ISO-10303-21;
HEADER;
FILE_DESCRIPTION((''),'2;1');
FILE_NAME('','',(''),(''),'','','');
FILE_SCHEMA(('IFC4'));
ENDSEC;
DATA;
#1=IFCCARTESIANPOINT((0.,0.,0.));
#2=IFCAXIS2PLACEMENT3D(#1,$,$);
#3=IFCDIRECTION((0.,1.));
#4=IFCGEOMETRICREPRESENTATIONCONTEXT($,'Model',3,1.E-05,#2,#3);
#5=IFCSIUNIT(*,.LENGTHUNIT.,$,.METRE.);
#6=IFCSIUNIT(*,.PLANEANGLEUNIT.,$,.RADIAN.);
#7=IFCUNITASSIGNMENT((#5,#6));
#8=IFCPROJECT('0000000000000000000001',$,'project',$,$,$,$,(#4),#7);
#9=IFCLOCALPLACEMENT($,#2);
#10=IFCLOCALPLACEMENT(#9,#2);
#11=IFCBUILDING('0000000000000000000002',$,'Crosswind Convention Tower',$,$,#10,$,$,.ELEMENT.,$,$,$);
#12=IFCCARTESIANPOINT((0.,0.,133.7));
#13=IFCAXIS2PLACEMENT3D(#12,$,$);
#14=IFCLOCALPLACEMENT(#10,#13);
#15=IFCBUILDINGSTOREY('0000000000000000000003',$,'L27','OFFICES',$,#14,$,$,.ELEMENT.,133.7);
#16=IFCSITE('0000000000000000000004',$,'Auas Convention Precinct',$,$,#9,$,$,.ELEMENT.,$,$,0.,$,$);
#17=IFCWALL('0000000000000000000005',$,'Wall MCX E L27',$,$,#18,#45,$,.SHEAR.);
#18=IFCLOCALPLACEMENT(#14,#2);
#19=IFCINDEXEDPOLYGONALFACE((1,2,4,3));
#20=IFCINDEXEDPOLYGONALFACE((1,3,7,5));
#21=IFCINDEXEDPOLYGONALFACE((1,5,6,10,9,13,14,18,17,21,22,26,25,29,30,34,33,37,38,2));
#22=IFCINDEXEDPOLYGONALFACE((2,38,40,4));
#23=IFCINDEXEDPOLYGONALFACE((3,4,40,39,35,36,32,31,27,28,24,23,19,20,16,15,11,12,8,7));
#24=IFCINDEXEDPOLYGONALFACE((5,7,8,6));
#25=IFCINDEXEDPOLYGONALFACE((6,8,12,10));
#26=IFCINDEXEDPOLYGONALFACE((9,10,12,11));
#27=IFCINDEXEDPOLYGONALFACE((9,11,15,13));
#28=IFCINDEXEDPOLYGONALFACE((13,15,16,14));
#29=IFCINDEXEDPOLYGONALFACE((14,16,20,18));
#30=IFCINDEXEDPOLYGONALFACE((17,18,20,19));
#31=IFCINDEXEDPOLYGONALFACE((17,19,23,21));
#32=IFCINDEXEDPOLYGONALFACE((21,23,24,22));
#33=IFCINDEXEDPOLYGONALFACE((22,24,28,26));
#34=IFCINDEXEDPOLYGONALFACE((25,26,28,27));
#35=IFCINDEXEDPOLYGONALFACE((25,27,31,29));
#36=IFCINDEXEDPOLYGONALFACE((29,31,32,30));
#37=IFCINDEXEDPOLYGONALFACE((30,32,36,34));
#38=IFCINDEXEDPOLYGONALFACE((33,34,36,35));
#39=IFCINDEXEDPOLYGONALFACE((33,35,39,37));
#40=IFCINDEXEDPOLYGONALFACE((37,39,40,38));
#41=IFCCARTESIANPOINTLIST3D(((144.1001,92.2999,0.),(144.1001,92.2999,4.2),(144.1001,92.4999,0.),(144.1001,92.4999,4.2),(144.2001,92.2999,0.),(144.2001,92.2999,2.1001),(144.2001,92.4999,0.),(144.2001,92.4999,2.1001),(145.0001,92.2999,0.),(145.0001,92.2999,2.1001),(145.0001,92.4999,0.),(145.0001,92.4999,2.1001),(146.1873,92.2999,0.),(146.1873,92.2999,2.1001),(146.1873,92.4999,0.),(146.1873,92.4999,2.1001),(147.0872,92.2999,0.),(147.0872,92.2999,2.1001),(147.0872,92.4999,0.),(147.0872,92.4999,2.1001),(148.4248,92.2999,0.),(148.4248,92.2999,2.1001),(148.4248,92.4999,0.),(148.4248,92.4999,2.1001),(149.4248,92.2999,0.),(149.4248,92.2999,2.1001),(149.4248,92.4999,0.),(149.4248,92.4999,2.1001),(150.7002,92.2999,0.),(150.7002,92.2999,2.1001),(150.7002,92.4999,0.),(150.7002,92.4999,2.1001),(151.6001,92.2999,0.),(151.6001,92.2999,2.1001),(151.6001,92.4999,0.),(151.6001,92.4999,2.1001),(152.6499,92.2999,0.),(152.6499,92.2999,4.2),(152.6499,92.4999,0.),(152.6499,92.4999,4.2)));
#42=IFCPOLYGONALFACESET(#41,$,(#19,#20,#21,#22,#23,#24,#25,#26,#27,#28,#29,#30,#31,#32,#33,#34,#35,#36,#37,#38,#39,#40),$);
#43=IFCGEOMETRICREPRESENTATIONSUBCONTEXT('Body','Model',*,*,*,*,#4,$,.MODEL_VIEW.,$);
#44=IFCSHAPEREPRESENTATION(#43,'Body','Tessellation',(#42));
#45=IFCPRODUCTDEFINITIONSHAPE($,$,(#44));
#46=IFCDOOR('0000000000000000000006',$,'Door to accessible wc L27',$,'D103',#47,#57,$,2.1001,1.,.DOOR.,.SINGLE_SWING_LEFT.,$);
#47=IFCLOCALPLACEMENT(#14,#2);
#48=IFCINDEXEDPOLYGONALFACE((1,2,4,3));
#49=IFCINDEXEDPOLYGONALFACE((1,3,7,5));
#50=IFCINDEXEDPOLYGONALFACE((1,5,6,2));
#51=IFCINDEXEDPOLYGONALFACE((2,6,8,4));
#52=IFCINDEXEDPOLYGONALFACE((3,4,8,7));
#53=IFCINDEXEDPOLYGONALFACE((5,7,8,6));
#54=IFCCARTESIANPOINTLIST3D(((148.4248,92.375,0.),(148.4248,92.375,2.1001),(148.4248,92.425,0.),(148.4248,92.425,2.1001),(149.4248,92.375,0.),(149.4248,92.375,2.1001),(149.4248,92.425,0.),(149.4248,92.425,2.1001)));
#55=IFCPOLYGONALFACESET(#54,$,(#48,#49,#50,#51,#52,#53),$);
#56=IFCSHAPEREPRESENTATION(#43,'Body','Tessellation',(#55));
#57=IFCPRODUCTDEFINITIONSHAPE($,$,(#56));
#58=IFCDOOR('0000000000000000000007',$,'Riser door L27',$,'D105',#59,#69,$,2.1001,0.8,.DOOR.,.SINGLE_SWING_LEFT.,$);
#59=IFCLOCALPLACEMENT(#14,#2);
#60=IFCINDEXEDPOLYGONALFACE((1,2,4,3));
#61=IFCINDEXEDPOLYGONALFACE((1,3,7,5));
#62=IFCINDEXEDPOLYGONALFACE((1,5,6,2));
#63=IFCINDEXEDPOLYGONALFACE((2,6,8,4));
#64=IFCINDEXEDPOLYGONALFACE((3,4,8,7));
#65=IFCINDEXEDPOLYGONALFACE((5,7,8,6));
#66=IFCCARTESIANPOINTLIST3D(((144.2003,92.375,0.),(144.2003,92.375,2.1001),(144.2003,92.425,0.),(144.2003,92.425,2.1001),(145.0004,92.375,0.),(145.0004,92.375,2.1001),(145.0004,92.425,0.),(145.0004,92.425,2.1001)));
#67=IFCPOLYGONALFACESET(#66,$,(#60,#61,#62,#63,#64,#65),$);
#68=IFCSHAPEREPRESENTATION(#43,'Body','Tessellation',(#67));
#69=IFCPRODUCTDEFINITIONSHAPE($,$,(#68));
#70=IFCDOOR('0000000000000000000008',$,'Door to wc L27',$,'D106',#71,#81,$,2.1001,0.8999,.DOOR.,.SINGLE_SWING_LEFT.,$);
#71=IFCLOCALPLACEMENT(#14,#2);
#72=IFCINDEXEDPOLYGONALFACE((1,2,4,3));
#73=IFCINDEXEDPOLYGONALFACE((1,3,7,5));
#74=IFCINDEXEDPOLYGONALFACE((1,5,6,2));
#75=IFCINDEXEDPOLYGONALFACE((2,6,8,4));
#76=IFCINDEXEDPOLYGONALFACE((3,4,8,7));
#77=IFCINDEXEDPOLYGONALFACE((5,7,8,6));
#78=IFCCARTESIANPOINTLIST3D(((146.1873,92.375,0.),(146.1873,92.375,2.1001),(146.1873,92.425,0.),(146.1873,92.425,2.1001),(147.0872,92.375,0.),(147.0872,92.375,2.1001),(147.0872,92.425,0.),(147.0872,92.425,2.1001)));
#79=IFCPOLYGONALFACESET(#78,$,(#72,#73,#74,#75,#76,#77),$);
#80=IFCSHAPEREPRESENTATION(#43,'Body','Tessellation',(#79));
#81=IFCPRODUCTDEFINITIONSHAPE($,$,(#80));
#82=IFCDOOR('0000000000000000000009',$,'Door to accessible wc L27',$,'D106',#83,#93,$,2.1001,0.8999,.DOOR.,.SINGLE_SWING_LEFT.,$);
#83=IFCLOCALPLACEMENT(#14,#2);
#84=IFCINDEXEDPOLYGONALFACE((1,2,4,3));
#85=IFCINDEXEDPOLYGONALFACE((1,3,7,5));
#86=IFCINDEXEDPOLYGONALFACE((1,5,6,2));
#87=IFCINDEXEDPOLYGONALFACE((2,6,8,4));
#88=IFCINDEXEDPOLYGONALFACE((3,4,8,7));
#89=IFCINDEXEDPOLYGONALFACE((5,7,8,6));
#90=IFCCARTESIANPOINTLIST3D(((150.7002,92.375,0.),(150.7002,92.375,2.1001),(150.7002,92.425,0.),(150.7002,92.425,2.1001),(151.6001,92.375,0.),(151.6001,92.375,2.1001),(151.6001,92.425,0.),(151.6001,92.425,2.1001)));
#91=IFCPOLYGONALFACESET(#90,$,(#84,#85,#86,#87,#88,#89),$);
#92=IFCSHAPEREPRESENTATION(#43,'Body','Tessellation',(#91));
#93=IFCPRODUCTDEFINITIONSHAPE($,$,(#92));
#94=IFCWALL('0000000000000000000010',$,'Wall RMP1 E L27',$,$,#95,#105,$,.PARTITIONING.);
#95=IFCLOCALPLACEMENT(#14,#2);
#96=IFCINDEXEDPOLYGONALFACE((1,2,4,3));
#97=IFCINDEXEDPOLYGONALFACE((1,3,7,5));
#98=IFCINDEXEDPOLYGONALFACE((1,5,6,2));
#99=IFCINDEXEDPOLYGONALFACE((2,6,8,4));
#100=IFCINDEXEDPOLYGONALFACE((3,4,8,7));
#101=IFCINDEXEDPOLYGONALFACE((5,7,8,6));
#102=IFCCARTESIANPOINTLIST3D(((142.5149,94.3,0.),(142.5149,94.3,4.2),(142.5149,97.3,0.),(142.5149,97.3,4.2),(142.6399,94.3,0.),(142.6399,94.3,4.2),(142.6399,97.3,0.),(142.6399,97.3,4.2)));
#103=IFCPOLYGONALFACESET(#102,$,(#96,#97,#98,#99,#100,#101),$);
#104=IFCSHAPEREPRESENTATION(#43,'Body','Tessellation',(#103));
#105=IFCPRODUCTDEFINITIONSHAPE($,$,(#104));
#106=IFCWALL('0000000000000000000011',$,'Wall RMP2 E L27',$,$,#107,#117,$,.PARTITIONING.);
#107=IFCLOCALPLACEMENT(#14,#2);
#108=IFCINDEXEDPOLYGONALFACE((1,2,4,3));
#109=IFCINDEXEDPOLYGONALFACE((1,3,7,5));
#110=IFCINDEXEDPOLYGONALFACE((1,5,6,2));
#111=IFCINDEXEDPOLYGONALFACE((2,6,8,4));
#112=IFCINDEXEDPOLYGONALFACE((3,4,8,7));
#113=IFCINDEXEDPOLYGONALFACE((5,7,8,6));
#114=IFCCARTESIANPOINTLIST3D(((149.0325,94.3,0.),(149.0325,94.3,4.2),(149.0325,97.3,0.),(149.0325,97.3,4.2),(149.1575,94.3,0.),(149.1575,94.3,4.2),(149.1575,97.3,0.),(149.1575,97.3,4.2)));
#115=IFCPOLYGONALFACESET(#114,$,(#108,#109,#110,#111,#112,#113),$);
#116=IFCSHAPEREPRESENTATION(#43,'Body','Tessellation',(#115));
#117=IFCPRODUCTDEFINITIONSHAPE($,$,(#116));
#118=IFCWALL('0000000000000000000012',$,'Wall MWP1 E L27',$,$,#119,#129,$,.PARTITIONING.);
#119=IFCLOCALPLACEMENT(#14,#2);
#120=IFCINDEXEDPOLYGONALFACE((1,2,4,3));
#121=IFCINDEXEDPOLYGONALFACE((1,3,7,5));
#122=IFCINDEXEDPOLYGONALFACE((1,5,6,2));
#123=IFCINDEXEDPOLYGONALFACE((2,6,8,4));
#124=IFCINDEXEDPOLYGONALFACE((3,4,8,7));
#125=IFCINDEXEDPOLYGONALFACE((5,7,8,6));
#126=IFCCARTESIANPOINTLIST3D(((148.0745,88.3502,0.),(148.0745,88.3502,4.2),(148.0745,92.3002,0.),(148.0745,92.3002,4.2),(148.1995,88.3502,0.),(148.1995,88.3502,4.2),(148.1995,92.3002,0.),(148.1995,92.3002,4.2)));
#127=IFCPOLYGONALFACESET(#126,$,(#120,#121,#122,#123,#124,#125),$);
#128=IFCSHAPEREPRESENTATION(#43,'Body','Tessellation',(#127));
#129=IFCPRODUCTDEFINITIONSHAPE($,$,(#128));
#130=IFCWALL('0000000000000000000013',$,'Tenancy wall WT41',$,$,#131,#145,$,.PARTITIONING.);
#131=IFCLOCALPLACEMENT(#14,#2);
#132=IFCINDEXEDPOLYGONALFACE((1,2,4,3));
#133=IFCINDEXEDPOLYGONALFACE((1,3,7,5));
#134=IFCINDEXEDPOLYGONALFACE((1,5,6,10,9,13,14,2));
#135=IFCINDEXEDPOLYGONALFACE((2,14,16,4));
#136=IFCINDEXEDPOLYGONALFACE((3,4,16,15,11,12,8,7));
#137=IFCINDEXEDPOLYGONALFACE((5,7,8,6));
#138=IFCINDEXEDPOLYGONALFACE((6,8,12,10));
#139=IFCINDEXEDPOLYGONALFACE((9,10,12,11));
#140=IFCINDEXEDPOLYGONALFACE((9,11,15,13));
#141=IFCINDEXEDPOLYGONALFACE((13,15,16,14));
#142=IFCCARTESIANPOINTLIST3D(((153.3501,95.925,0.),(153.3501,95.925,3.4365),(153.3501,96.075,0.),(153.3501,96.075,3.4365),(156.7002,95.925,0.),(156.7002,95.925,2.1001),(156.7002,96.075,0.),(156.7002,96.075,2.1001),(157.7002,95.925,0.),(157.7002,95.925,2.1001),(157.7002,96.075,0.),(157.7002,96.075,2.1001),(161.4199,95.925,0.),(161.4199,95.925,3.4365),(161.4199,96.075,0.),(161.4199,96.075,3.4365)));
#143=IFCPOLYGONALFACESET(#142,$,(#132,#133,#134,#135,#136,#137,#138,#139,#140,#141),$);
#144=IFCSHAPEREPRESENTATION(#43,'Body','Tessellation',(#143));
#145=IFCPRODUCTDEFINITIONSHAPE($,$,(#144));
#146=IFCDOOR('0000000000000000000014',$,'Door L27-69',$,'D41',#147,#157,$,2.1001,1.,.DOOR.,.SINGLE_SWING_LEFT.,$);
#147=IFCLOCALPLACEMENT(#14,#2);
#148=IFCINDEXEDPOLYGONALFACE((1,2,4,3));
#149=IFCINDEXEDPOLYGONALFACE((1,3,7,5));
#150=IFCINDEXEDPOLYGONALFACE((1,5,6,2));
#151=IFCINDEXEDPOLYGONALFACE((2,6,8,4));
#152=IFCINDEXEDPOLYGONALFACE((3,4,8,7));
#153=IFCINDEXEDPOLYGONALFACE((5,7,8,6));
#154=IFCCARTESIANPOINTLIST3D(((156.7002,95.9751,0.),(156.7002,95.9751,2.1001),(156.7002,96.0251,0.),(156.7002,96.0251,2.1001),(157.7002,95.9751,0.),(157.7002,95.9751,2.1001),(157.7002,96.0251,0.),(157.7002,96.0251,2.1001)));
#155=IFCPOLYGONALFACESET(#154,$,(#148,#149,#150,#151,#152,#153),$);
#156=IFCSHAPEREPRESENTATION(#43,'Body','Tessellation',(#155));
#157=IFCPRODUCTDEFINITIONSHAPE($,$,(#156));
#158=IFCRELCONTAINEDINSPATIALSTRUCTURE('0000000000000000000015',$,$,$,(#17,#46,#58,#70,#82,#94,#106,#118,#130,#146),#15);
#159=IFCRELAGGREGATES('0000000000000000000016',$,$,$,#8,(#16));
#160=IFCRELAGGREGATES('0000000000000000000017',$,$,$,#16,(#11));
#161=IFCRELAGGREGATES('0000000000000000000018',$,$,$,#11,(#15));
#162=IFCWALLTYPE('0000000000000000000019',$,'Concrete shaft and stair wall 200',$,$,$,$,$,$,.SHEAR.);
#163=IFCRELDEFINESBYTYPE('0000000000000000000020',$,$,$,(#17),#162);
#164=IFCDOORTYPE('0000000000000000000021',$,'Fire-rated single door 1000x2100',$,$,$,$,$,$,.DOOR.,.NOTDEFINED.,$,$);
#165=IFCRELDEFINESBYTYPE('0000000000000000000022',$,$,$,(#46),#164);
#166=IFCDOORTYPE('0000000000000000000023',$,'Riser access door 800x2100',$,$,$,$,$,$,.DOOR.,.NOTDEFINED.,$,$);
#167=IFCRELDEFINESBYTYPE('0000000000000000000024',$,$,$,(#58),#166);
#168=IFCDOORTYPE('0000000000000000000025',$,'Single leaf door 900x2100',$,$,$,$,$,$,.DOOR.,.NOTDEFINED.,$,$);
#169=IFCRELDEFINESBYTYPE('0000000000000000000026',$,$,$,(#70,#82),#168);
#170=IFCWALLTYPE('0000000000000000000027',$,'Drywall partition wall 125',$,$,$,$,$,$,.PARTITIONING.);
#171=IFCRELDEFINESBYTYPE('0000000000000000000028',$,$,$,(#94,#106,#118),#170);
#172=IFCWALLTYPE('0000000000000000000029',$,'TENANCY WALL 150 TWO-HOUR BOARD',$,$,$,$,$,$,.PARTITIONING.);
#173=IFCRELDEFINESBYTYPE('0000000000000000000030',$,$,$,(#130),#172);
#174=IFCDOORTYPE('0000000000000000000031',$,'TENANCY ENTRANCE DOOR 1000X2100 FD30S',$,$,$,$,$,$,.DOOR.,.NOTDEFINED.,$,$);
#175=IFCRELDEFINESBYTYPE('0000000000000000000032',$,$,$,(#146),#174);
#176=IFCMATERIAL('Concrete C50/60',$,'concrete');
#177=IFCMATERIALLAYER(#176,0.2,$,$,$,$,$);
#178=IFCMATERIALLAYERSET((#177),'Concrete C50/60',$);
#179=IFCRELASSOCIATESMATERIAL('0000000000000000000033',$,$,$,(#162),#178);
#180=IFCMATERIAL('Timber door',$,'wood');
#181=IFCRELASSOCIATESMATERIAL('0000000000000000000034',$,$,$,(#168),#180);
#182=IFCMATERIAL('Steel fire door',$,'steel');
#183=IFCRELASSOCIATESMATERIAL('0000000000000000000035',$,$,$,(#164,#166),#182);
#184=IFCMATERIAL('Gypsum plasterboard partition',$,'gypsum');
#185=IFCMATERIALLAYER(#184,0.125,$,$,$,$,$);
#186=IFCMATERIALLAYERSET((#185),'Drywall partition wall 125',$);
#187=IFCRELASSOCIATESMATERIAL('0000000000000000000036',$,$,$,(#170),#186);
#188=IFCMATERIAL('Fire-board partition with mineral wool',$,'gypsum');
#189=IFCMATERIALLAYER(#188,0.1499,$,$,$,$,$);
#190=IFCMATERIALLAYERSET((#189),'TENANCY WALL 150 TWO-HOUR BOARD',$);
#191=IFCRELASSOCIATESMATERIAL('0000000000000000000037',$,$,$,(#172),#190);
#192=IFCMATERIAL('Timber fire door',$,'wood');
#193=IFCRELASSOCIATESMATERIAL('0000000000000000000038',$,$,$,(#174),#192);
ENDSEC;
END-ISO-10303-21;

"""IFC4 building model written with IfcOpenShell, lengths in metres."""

from ifc_helpers import new_model, si_unit, direction, frame, frame_2d, origin, place, context, subcontext, project, spatial, rectangle, extrude, material, layer, layer_set, type_object, element, fill, save


model = new_model("IFC4")

# Units and contexts
model_context = context("Model", 3, precision=1e-05, world=origin(), true_north=direction((0.0, 1.0)))
body_context = subcontext(model_context, "Body", "Model", "MODEL_VIEW")
ifc_project = project(units=[si_unit("LENGTHUNIT", "METRE"), si_unit("PLANEANGLEUNIT", "RADIAN")], contexts=[model_context])

# Site, building, storey
site_placement = place(None, origin())
site = spatial("IfcSite", under=ifc_project, at=site_placement, Name="Auas Convention Precinct", CompositionType="ELEMENT", RefElevation=0.0)
building_placement = place(site_placement, origin())
building = spatial("IfcBuilding", under=site, at=building_placement, Name="Crosswind Convention Tower", CompositionType="ELEMENT")
storey_placement = place(building_placement, frame((0.0, 0.0, 133.7)))
storey = spatial("IfcBuildingStorey", under=building, at=storey_placement, Name="L27", Description="OFFICES", CompositionType="ELEMENT", Elevation=133.7)

# Shared definitions
ifc_material_1 = material(Name="Concrete C50/60", Category="concrete")
ifc_layer_1 = layer(ifc_material_1, 0.2)
ifc_layer_set_1 = layer_set([ifc_layer_1], Name="Concrete C50/60")
wall_type_1 = type_object("IfcWallType", Name="Concrete shaft and stair wall 200", PredefinedType="SHEAR", material=ifc_layer_set_1)

# Shared definitions
ifc_material_2 = material(Name="Timber door", Category="wood")
door_type_1 = type_object("IfcDoorType", Name="Single leaf door 900x2100", OperationType="NOTDEFINED", PredefinedType="DOOR", material=ifc_material_2)

# Wall, openings, doors
wall_1_placement = place(storey_placement, frame((144.1001, 92.3999, 0.0), z_axis=(0.0, 0.0, 1.0), x_axis=(1.0, 0.0, 0.0)))
wall_1 = element("IfcWall", 1, at=wall_1_placement, inside=storey, type_object=wall_type_1, Name="Wall MCX E L27", PredefinedType="SHEAR", context=body_context, shape_type="SweptSolid", body=[
    extrude(rectangle(XDim=8.5498, YDim=0.2, at=frame_2d((4.2749, 0.0))), origin(), (0.0, 0.0, 1.0), 4.2),
])
opening_1_placement = place(wall_1_placement, frame((0.1001, 0.0, 0.0)))
opening_1 = element("IfcOpeningElement", 2, at=opening_1_placement, cuts=wall_1, PredefinedType="OPENING", context=body_context, shape_type="SweptSolid", body=[
    extrude(rectangle(XDim=0.8, YDim=2.1001, at=frame_2d((0.3999, 1.05))), frame((0.0, 0.1099, 0.0), z_axis=(0.0, -1.0, 0.0), x_axis=(1.0, 0.0, 0.0)), (0.0, 0.0, 1.0), 0.22),
])
opening_2_placement = place(wall_1_placement, frame((2.0872, 0.0, 0.0)))
opening_2 = element("IfcOpeningElement", 3, at=opening_2_placement, cuts=wall_1, PredefinedType="OPENING", context=body_context, shape_type="SweptSolid", body=[
    extrude(rectangle(XDim=0.8999, YDim=2.1001, at=frame_2d((0.45, 1.05))), frame((0.0, 0.1099, 0.0), z_axis=(0.0, -1.0, 0.0), x_axis=(1.0, 0.0, 0.0)), (0.0, 0.0, 1.0), 0.22),
])
opening_3_placement = place(wall_1_placement, frame((4.3247, 0.0, 0.0)))
opening_3 = element("IfcOpeningElement", 4, at=opening_3_placement, cuts=wall_1, PredefinedType="OPENING", context=body_context, shape_type="SweptSolid", body=[
    extrude(rectangle(XDim=1.0, YDim=2.1001, at=frame_2d((0.5, 1.05))), frame((0.0, 0.1099, 0.0), z_axis=(0.0, -1.0, 0.0), x_axis=(1.0, 0.0, 0.0)), (0.0, 0.0, 1.0), 0.22),
])
opening_4_placement = place(wall_1_placement, frame((6.6001, 0.0, 0.0)))
opening_4 = element("IfcOpeningElement", 5, at=opening_4_placement, cuts=wall_1, PredefinedType="OPENING", context=body_context, shape_type="SweptSolid", body=[
    extrude(rectangle(XDim=0.8999, YDim=2.1001, at=frame_2d((0.45, 1.05))), frame((0.0, 0.1099, 0.0), z_axis=(0.0, -1.0, 0.0), x_axis=(1.0, 0.0, 0.0)), (0.0, 0.0, 1.0), 0.22),
])
ifc_material_3 = material(Name="Steel fire door", Category="steel")
door_type_2 = type_object("IfcDoorType", Name="Fire-rated single door 1000x2100", OperationType="NOTDEFINED", PredefinedType="DOOR", material=ifc_material_3)
door_1_placement = place(opening_3_placement, frame((1.0, 0.0, 0.0), z_axis=(0.0, 0.0, 1.0), x_axis=(-1.0, 0.0, 0.0)))
door_1 = element("IfcDoor", 6, at=door_1_placement, inside=storey, type_object=door_type_2, Name="Door to accessible wc L27", ObjectType="D103", OperationType="SINGLE_SWING_LEFT", OverallHeight=2.1001, OverallWidth=1.0, PredefinedType="DOOR", context=body_context, shape_type="SweptSolid", body=[
    extrude(rectangle(XDim=1.0, YDim=2.1001, at=frame_2d((0.5, 1.05))), frame((0.0, 0.0249, 0.0), z_axis=(0.0, -1.0, 0.0), x_axis=(1.0, 0.0, 0.0)), (0.0, 0.0, 1.0), 0.05),
])
fill(opening_3, door_1)
door_type_3 = type_object("IfcDoorType", Name="Riser access door 800x2100", OperationType="NOTDEFINED", PredefinedType="DOOR", material=ifc_material_3)
door_2_placement = place(opening_1_placement, frame((0.8, 0.0, 0.0), z_axis=(0.0, 0.0, 1.0), x_axis=(-1.0, 0.0, 0.0)))
door_2 = element("IfcDoor", 7, at=door_2_placement, inside=storey, type_object=door_type_3, Name="Riser door L27", ObjectType="D105", OperationType="SINGLE_SWING_LEFT", OverallHeight=2.1001, OverallWidth=0.8, PredefinedType="DOOR", context=body_context, shape_type="SweptSolid", body=[
    extrude(rectangle(XDim=0.8, YDim=2.1001, at=frame_2d((0.3999, 1.05))), frame((0.0, 0.0249, 0.0), z_axis=(0.0, -1.0, 0.0), x_axis=(1.0, 0.0, 0.0)), (0.0, 0.0, 1.0), 0.05),
])
fill(opening_1, door_2)
door_3_placement = place(opening_2_placement, frame((0.8999, 0.0, 0.0), z_axis=(0.0, 0.0, 1.0), x_axis=(-1.0, 0.0, 0.0)))
door_3 = element("IfcDoor", 8, at=door_3_placement, inside=storey, type_object=door_type_1, Name="Door to wc L27", ObjectType="D106", OperationType="SINGLE_SWING_LEFT", OverallHeight=2.1001, OverallWidth=0.8999, PredefinedType="DOOR", context=body_context, shape_type="SweptSolid", body=[
    extrude(rectangle(XDim=0.8999, YDim=2.1001, at=frame_2d((0.45, 1.05))), frame((0.0, 0.0249, 0.0), z_axis=(0.0, -1.0, 0.0), x_axis=(1.0, 0.0, 0.0)), (0.0, 0.0, 1.0), 0.05),
])
fill(opening_2, door_3)
door_4_placement = place(opening_4_placement, frame((0.8999, 0.0, 0.0), z_axis=(0.0, 0.0, 1.0), x_axis=(-1.0, 0.0, 0.0)))
door_4 = element("IfcDoor", 9, at=door_4_placement, inside=storey, type_object=door_type_1, Name="Door to accessible wc L27", ObjectType="D106", OperationType="SINGLE_SWING_LEFT", OverallHeight=2.1001, OverallWidth=0.8999, PredefinedType="DOOR", context=body_context, shape_type="SweptSolid", body=[
    extrude(rectangle(XDim=0.8999, YDim=2.1001, at=frame_2d((0.45, 1.05))), frame((0.0, 0.0249, 0.0), z_axis=(0.0, -1.0, 0.0), x_axis=(1.0, 0.0, 0.0)), (0.0, 0.0, 1.0), 0.05),
])
fill(opening_4, door_4)

# Walls
ifc_material_4 = material(Name="Gypsum plasterboard partition", Category="gypsum")
ifc_layer_2 = layer(ifc_material_4, 0.125)
ifc_layer_set_2 = layer_set([ifc_layer_2], Name="Drywall partition wall 125")
wall_type_2 = type_object("IfcWallType", Name="Drywall partition wall 125", PredefinedType="PARTITIONING", material=ifc_layer_set_2)
for number, where, z_axis, x_axis, name in (
    (10, (142.5774, 94.3, 0.0), (0.0, 0.0, 1.0), (0.0, 1.0, 0.0), "Wall RMP1 E L27"),
    (11, (149.095, 94.3, 0.0), (0.0, 0.0, 1.0), (0.0, 1.0, 0.0), "Wall RMP2 E L27"),
):
    element("IfcWall", number, at=place(storey_placement, frame(where, z_axis=z_axis, x_axis=x_axis)), inside=storey, type_object=wall_type_2, Name=name, PredefinedType="PARTITIONING", context=body_context, shape_type="SweptSolid", body=[
        extrude(rectangle(XDim=3.0, YDim=0.125, at=frame_2d((1.5, 0.0))), origin(), (0.0, 0.0, 1.0), 4.2),
    ])
wall_2_placement = place(storey_placement, frame((148.137, 88.3501, 0.0), z_axis=(0.0, 0.0, 1.0), x_axis=(0.0, 1.0, 0.0)))
element("IfcWall", 12, at=wall_2_placement, inside=storey, type_object=wall_type_2, Name="Wall MWP1 E L27", PredefinedType="PARTITIONING", context=body_context, shape_type="SweptSolid", body=[
    extrude(rectangle(XDim=3.95, YDim=0.125, at=frame_2d((1.9751, 0.0))), origin(), (0.0, 0.0, 1.0), 4.2),
])

# Wall, opening, door
ifc_material_5 = material(Name="Fire-board partition with mineral wool", Category="gypsum")
ifc_layer_3 = layer(ifc_material_5, 0.1499)
ifc_layer_set_3 = layer_set([ifc_layer_3], Name="TENANCY WALL 150 TWO-HOUR BOARD")
wall_type_3 = type_object("IfcWallType", Name="TENANCY WALL 150 TWO-HOUR BOARD", PredefinedType="PARTITIONING", material=ifc_layer_set_3)
wall_3_placement = place(storey_placement, frame((153.3501, 96.0, 0.0), z_axis=(0.0, 0.0, 1.0), x_axis=(1.0, 0.0, 0.0)))
wall_3 = element("IfcWall", 13, at=wall_3_placement, inside=storey, type_object=wall_type_3, Name="Tenancy wall WT41", PredefinedType="PARTITIONING", context=body_context, shape_type="SweptSolid", body=[
    extrude(rectangle(XDim=8.0698, YDim=0.1499, at=frame_2d((4.0349, 0.0))), origin(), (0.0, 0.0, 1.0), 3.4365),
])
opening_5_placement = place(wall_3_placement, frame((3.3501, 0.0, 0.0)))
opening_5 = element("IfcOpeningElement", 14, at=opening_5_placement, cuts=wall_3, PredefinedType="OPENING", context=body_context, shape_type="SweptSolid", body=[
    extrude(rectangle(XDim=1.0, YDim=2.1001, at=frame_2d((0.5, 1.05))), frame((0.0, 0.085, 0.0), z_axis=(0.0, -1.0, 0.0), x_axis=(1.0, 0.0, 0.0)), (0.0, 0.0, 1.0), 0.1699),
])
ifc_material_6 = material(Name="Timber fire door", Category="wood")
door_type_4 = type_object("IfcDoorType", Name="TENANCY ENTRANCE DOOR 1000X2100 FD30S", OperationType="NOTDEFINED", PredefinedType="DOOR", material=ifc_material_6)
door_5_placement = place(opening_5_placement, frame((1.0, 0.0, 0.0), z_axis=(0.0, 0.0, 1.0), x_axis=(-1.0, 0.0, 0.0)))
door_5 = element("IfcDoor", 15, at=door_5_placement, inside=storey, type_object=door_type_4, Name="Door L27-69", ObjectType="D41", OperationType="SINGLE_SWING_LEFT", OverallHeight=2.1001, OverallWidth=1.0, PredefinedType="DOOR", context=body_context, shape_type="SweptSolid", body=[
    extrude(rectangle(XDim=1.0, YDim=2.1001, at=frame_2d((0.5, 1.05))), frame((0.0, 0.0249, 0.0), z_axis=(0.0, -1.0, 0.0), x_axis=(1.0, 0.0, 0.0)), (0.0, 0.0, 1.0), 0.05),
])
fill(opening_5, door_5)

save(model, "model.ifc")
